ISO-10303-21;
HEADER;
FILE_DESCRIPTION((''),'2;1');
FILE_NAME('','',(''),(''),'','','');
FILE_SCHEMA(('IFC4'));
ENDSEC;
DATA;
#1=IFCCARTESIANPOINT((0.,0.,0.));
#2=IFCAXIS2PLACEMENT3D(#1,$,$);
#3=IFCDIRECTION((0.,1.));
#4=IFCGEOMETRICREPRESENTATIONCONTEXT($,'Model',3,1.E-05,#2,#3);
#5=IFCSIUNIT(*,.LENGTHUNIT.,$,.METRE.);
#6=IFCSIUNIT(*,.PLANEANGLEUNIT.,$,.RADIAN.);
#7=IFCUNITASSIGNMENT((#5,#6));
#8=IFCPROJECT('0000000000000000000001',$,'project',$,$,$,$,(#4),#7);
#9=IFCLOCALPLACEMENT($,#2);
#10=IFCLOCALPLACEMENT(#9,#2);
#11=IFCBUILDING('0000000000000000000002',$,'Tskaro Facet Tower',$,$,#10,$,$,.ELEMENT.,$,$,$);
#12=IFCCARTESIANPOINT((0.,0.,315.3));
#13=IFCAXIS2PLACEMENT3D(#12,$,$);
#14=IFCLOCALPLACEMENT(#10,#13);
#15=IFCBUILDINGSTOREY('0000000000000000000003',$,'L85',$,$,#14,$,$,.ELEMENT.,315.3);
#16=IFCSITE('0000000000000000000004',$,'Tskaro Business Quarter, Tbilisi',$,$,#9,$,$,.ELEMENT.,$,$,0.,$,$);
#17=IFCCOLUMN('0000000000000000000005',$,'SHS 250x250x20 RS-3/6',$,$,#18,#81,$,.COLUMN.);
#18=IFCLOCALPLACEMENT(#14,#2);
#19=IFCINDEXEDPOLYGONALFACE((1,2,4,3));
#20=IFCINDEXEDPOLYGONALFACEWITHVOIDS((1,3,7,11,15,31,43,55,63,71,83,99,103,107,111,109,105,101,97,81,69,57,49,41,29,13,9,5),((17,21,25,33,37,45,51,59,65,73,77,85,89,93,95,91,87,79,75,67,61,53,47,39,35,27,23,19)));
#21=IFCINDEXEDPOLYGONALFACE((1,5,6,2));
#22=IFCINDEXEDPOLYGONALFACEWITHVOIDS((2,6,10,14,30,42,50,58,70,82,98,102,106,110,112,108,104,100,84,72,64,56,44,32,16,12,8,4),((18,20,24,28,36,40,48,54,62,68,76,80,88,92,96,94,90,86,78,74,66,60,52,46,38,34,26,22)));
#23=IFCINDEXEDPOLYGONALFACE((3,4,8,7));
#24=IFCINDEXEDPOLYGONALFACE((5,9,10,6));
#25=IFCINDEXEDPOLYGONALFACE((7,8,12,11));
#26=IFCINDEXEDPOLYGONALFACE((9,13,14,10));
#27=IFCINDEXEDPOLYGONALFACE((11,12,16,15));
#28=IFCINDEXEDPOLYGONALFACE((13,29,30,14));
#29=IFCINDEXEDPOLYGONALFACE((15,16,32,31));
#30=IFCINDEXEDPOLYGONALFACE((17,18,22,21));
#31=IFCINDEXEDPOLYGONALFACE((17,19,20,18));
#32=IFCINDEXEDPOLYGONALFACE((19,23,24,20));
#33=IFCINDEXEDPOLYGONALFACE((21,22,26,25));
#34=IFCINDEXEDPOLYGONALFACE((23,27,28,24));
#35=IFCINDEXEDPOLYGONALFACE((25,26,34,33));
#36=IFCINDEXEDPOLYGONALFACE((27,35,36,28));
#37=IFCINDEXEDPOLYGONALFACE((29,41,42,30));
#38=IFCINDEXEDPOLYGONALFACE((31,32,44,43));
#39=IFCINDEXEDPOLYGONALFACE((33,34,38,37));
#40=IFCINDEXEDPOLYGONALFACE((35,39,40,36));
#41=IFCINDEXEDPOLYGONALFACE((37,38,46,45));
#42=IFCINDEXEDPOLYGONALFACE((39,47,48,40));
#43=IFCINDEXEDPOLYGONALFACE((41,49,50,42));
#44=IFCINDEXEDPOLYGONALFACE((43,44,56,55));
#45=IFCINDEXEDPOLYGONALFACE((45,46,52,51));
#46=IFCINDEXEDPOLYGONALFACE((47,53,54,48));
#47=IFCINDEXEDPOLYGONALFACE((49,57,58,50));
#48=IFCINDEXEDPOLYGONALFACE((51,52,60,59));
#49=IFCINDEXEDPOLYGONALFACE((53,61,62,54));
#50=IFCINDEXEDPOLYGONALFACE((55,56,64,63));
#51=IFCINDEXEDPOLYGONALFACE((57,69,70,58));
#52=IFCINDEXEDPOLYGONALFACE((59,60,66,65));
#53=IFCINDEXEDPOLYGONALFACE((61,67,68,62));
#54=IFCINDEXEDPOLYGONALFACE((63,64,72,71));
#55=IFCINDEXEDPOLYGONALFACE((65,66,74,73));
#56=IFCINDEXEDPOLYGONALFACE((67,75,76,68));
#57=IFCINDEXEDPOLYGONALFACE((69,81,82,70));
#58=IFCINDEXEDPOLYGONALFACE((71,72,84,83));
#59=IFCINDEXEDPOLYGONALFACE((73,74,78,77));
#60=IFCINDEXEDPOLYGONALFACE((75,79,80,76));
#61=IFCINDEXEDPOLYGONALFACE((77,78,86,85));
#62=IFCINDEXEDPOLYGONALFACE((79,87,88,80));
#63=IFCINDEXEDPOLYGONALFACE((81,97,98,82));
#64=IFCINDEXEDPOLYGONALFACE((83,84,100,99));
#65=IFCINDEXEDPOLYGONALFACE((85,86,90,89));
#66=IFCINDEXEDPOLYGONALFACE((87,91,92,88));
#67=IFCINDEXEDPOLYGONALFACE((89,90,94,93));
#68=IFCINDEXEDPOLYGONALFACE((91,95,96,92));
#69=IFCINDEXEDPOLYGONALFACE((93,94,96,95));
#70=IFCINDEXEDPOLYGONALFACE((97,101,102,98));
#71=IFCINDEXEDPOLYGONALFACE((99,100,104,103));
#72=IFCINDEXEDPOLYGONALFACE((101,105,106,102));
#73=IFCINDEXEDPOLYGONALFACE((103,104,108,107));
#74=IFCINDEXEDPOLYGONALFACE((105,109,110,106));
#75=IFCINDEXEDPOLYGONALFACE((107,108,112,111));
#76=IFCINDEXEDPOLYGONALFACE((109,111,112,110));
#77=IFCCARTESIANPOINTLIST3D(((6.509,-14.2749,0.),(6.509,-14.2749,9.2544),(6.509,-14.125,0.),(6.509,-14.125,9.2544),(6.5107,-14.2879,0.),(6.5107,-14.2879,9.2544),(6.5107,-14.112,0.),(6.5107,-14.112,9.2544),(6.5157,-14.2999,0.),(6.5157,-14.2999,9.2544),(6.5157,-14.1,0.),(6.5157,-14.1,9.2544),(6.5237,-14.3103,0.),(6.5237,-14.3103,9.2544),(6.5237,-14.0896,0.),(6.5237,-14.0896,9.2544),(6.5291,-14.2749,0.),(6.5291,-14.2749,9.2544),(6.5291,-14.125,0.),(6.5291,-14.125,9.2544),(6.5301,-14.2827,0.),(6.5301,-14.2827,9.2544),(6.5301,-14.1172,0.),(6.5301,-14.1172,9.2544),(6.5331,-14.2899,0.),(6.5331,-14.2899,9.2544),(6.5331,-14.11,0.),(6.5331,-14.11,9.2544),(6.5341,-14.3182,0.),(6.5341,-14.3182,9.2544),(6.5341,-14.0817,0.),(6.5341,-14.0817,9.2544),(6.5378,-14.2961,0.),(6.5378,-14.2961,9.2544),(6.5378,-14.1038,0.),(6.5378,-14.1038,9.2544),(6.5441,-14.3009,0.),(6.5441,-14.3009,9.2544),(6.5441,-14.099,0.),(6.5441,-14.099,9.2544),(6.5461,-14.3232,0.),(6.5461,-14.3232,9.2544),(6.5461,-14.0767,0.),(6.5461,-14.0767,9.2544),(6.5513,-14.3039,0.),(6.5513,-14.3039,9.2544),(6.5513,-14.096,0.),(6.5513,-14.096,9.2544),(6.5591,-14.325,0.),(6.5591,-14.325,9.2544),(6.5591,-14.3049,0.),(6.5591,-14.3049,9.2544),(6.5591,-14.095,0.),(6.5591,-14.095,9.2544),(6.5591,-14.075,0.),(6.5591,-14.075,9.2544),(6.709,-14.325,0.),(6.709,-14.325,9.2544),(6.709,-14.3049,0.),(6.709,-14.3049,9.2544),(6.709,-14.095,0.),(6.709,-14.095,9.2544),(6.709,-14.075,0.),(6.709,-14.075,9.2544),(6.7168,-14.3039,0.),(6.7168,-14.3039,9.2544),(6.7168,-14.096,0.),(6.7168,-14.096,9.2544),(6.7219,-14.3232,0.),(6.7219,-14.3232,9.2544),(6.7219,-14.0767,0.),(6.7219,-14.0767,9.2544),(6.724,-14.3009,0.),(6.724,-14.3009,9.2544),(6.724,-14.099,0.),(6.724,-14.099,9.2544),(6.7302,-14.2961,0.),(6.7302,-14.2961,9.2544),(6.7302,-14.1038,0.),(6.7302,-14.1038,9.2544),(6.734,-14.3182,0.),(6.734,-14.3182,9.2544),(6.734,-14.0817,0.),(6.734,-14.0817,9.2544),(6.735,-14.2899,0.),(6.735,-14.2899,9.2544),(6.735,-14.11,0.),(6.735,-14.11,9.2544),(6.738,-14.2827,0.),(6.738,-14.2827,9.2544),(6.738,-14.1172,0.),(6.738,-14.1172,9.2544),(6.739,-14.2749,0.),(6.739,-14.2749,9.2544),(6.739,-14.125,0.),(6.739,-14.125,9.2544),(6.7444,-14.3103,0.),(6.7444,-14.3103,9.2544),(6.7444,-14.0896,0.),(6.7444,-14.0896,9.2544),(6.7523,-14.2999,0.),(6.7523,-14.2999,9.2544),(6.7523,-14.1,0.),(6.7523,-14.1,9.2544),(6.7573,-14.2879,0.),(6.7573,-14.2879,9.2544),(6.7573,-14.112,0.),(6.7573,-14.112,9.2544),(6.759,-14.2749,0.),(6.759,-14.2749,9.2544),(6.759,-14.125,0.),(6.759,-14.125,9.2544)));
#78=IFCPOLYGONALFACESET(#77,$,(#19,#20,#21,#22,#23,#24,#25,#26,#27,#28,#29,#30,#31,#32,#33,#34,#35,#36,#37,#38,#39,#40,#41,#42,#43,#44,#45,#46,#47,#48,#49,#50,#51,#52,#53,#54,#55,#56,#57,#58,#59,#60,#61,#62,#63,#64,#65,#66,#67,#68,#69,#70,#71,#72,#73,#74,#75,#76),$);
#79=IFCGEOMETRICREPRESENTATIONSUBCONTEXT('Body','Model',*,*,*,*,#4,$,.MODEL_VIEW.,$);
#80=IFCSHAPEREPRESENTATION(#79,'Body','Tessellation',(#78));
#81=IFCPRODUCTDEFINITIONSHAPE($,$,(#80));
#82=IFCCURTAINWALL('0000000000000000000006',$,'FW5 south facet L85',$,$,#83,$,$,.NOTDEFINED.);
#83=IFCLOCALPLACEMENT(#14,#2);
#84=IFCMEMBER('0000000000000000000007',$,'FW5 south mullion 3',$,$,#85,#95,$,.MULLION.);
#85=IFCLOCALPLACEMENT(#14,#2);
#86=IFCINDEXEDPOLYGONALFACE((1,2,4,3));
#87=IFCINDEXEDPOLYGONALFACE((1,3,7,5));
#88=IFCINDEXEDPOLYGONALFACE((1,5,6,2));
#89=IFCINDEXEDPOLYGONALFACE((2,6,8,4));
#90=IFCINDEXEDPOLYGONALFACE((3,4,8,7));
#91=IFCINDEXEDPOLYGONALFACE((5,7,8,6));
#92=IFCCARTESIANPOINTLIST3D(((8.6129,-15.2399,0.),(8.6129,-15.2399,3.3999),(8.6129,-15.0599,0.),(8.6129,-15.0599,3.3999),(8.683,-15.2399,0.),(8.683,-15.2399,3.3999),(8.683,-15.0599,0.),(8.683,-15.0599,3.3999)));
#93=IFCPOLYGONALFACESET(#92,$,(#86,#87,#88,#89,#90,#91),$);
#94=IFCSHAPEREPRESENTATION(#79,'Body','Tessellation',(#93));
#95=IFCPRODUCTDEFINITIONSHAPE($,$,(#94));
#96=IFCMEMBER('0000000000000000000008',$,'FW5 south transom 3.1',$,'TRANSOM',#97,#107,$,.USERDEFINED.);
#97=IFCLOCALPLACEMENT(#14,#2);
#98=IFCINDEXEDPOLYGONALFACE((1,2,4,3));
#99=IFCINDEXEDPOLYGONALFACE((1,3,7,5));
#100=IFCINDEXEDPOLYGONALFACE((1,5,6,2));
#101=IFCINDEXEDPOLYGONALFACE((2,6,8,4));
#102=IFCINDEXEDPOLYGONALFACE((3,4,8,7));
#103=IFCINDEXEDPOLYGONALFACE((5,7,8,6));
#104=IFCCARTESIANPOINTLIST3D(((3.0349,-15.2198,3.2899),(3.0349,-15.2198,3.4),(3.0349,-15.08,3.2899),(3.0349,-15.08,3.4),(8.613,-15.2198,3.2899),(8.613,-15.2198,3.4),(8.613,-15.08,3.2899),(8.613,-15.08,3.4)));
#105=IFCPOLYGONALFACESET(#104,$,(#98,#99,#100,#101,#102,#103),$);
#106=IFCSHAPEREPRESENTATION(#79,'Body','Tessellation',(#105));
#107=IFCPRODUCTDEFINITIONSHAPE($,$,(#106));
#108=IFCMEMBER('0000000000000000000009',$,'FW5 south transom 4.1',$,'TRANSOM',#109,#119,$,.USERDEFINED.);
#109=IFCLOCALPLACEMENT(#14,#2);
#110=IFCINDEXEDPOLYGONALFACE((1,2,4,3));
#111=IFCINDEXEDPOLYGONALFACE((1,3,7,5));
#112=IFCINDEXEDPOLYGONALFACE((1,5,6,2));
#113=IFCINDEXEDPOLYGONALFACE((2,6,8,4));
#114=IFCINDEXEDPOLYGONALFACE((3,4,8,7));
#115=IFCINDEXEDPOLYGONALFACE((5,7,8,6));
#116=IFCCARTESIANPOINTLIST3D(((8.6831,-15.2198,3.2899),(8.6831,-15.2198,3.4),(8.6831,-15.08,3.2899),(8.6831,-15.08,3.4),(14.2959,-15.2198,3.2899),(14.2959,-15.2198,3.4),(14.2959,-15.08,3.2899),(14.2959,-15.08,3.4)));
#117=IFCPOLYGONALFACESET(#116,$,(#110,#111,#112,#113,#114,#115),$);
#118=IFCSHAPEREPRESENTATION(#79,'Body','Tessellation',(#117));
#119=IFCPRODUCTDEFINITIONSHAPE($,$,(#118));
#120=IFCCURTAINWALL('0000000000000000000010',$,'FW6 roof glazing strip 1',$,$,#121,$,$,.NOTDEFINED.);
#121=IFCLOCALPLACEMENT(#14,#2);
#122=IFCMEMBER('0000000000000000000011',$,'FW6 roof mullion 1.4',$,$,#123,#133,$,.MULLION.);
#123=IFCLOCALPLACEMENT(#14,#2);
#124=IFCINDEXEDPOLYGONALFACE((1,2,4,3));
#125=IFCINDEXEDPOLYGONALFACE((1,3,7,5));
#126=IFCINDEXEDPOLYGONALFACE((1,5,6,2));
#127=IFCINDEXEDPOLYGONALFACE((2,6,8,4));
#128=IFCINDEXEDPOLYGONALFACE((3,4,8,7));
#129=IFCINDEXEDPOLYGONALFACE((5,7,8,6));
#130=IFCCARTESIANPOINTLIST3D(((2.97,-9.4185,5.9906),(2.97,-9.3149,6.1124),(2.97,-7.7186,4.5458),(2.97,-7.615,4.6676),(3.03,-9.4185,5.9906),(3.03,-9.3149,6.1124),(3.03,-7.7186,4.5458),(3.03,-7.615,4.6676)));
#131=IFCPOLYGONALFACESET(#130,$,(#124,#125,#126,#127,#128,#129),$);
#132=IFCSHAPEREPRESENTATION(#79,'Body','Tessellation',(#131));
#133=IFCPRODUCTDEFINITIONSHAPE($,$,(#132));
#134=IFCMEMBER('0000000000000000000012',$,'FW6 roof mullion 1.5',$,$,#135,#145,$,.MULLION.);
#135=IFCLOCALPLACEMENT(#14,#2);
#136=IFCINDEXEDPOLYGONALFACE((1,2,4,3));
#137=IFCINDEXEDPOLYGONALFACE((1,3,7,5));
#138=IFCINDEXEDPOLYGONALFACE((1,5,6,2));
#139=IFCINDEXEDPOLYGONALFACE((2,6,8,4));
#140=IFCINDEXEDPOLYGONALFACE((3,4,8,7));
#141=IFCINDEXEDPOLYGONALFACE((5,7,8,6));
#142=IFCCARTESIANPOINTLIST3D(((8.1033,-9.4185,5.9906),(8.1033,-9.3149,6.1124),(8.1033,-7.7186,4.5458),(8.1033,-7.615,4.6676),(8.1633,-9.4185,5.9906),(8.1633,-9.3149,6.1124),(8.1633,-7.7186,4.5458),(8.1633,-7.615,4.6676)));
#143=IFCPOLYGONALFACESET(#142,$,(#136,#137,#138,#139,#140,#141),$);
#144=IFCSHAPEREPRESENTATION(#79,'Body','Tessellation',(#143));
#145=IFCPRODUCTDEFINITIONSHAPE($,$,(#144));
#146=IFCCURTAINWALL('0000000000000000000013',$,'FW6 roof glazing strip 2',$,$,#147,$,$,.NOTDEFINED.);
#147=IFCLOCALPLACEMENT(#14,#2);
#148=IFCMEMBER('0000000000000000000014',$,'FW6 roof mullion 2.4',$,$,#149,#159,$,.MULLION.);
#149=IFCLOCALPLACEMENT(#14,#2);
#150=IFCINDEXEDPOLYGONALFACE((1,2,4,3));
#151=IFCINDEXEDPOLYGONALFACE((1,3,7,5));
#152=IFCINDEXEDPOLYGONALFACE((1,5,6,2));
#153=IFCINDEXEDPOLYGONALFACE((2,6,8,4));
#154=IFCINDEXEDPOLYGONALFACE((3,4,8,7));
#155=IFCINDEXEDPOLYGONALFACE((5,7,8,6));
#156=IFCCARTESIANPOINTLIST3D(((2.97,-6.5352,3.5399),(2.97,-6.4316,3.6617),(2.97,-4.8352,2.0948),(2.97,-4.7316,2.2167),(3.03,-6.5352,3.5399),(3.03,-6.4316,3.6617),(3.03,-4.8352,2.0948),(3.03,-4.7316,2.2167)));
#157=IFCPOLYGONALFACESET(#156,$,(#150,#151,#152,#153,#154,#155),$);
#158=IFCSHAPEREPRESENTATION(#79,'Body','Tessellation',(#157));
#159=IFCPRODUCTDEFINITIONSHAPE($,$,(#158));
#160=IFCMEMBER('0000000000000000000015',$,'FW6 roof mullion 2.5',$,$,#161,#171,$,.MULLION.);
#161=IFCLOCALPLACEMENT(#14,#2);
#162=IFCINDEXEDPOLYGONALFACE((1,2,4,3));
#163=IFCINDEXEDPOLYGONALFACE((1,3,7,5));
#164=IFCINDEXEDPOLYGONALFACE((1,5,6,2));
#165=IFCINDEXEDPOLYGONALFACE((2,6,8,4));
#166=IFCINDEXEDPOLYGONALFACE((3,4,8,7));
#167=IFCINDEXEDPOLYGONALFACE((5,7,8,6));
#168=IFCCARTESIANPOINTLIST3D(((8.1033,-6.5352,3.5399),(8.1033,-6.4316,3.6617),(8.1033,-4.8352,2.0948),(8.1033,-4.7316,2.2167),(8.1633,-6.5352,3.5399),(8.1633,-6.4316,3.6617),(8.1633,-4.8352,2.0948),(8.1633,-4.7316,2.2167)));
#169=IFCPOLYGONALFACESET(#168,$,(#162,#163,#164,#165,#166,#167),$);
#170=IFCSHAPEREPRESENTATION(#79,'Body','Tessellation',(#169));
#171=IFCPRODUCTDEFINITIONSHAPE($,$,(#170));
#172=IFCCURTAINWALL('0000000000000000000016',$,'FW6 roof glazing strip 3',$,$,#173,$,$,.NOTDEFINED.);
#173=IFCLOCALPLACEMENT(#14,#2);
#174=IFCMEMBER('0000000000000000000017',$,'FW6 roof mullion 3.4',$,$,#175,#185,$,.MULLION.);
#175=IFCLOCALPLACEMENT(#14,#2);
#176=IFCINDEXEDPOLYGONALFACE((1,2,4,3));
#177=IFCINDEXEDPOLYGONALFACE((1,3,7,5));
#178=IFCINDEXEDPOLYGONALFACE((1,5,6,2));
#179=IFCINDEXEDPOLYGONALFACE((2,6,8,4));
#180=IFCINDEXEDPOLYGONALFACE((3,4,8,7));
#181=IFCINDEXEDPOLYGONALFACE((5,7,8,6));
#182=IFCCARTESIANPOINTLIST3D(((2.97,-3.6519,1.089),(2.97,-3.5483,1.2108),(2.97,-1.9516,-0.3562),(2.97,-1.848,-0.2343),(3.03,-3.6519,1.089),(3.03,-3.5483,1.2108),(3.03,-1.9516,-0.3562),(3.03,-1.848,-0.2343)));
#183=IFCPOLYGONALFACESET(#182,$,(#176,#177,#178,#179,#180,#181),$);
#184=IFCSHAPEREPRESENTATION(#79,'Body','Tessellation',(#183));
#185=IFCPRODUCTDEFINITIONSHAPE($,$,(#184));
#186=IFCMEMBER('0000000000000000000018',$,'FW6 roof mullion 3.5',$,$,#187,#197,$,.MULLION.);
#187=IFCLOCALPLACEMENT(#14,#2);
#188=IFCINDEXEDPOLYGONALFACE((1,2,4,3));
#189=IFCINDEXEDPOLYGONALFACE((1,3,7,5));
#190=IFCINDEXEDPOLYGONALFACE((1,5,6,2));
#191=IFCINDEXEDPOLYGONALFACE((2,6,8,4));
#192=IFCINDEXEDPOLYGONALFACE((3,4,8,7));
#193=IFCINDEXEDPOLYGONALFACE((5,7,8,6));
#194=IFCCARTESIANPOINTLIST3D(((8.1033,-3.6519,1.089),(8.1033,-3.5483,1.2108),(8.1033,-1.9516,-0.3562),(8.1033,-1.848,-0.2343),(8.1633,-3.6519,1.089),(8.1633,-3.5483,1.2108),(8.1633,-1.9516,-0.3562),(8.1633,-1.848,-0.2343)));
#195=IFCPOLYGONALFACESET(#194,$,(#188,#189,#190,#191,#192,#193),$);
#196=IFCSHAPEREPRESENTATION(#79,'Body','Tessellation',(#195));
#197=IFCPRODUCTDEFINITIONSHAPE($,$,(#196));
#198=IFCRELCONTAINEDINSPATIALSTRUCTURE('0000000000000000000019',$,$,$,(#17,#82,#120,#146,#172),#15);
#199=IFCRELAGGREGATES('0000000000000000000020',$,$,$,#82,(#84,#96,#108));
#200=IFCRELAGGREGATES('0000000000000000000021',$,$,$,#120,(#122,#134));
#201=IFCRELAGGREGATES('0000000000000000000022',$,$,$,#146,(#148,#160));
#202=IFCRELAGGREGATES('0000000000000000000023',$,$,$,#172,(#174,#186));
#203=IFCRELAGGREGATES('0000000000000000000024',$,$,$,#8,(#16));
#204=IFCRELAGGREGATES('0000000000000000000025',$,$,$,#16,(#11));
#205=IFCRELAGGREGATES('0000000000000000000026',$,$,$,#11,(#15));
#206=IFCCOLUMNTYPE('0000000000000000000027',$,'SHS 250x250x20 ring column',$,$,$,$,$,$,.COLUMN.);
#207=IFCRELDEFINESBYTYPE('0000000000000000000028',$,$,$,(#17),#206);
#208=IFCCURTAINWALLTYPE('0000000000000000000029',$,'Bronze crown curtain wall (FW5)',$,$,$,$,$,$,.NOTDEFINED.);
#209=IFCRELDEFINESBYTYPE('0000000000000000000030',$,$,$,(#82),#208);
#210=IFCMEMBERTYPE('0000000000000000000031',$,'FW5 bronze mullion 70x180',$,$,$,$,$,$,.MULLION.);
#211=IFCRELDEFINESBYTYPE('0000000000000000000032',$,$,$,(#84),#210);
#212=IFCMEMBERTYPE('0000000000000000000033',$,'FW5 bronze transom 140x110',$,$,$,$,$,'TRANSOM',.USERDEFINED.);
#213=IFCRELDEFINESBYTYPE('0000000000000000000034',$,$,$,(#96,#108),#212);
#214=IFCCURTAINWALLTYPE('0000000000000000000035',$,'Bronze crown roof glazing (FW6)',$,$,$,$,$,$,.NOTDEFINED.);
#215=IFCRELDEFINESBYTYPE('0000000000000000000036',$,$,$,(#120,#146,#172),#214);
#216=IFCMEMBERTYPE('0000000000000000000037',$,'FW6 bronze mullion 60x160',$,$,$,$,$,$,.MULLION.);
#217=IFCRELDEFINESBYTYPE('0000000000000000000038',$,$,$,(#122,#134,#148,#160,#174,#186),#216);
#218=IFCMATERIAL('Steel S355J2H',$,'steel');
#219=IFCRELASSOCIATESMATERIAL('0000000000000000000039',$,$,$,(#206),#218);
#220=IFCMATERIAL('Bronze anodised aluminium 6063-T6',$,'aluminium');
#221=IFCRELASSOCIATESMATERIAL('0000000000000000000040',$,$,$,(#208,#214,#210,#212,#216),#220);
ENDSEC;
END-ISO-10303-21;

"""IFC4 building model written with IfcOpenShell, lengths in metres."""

from ifc_helpers import new_model, si_unit, direction, frame, origin, origin_2d, place, context, subcontext, project, spatial, rectangle, hollow_rectangle, extrude, material, material_profile, profile_set, type_object, element, aggregate, save


model = new_model("IFC4")

# Units and contexts
model_context = context("Model", 3, precision=1e-05, world=origin(), true_north=direction((0.0, 1.0)))
body_context = subcontext(model_context, "Body", "Model", "MODEL_VIEW")
ifc_project = project(units=[si_unit("LENGTHUNIT", "METRE"), si_unit("PLANEANGLEUNIT", "RADIAN")], contexts=[model_context])

# Site, building, storey
site_placement = place(None, origin())
site = spatial("IfcSite", under=ifc_project, at=site_placement, Name="Tskaro Business Quarter, Tbilisi", CompositionType="ELEMENT", RefElevation=0.0)
building_placement = place(site_placement, origin())
building = spatial("IfcBuilding", under=site, at=building_placement, Name="Tskaro Facet Tower", CompositionType="ELEMENT")
storey_placement = place(building_placement, frame((0.0, 0.0, 315.3)))
storey = spatial("IfcBuildingStorey", under=building, at=storey_placement, Name="L85", CompositionType="ELEMENT", Elevation=315.3)

# Column
ifc_material_1 = material(Name="Steel S355J2H", Category="steel")
ifc_material_profile_1 = material_profile(ifc_material_1, hollow_rectangle(XDim=0.25, YDim=0.25, WallThickness=0.02, InnerFilletRadius=0.03, OuterFilletRadius=0.05, at=origin_2d()), Name="SHS 250x250x20")
ifc_profile_set_1 = profile_set([ifc_material_profile_1], Name="Steel S355J2H")
column_type = type_object("IfcColumnType", Name="SHS 250x250x20 ring column", PredefinedType="COLUMN", material=ifc_profile_set_1)
column_placement = place(storey_placement, frame((6.634, -14.2, 0.0), z_axis=(0.0, 0.0, 1.0), x_axis=(1.0, 0.0, 0.0)))
element("IfcColumn", 1, at=column_placement, inside=storey, type_object=column_type, Name="SHS 250x250x20 RS-3/6", PredefinedType="COLUMN", context=body_context, shape_type="SweptSolid", body=[
    extrude(hollow_rectangle(XDim=0.25, YDim=0.25, WallThickness=0.02, InnerFilletRadius=0.03, OuterFilletRadius=0.05, at=origin_2d()), origin(), (0.0, 0.0, 1.0), 9.2544),
])

# Curtain walls, members
ifc_material_2 = material(Name="Bronze anodised aluminium 6063-T6", Category="aluminium")
curtain_wall_type_1 = type_object("IfcCurtainWallType", Name="Bronze crown curtain wall (FW5)", PredefinedType="NOTDEFINED", material=ifc_material_2)
curtain_wall_1_placement = place(storey_placement, origin())
curtain_wall_1 = element("IfcCurtainWall", 2, at=curtain_wall_1_placement, inside=storey, type_object=curtain_wall_type_1, Name="FW5 south facet L85", PredefinedType="NOTDEFINED")
ifc_material_profile_2 = material_profile(ifc_material_2, rectangle(XDim=0.0701, YDim=0.1799, at=origin_2d()), Name="Mullion 70x180")
ifc_profile_set_2 = profile_set([ifc_material_profile_2], Name="Bronze anodised aluminium 6063-T6")
member_type_1 = type_object("IfcMemberType", Name="FW5 bronze mullion 70x180", PredefinedType="MULLION", material=ifc_profile_set_2)
member_1_placement = place(storey_placement, frame((8.6479, -15.1499, 0.0), z_axis=(0.0, 0.0, 1.0), x_axis=(1.0, 0.0, 0.0)))
member_1 = element("IfcMember", 3, at=member_1_placement, type_object=member_type_1, Name="FW5 south mullion 3", PredefinedType="MULLION", context=body_context, shape_type="SweptSolid", body=[
    extrude(rectangle(XDim=0.0701, YDim=0.1799, at=origin_2d()), origin(), (0.0, 0.0, 1.0), 3.3999),
])
ifc_material_profile_3 = material_profile(ifc_material_2, rectangle(XDim=0.1399, YDim=0.1101, at=origin_2d()), Name="Transom 140x110")
ifc_profile_set_3 = profile_set([ifc_material_profile_3], Name="Bronze anodised aluminium 6063-T6")
member_type_2 = type_object("IfcMemberType", Name="FW5 bronze transom 140x110", ElementType="TRANSOM", PredefinedType="USERDEFINED", material=ifc_profile_set_3)
member_2_placement = place(storey_placement, frame((3.0349, -15.1499, 3.345), z_axis=(1.0, 0.0, 0.0), x_axis=(0.0, 1.0, 0.0)))
member_2 = element("IfcMember", 4, at=member_2_placement, type_object=member_type_2, Name="FW5 south transom 3.1", ObjectType="TRANSOM", PredefinedType="USERDEFINED", context=body_context, shape_type="SweptSolid", body=[
    extrude(rectangle(XDim=0.1399, YDim=0.1101, at=origin_2d()), origin(), (0.0, 0.0, 1.0), 5.5781),
])
member_3_placement = place(storey_placement, frame((8.6831, -15.1499, 3.345), z_axis=(1.0, 0.0, 0.0), x_axis=(0.0, 1.0, 0.0)))
member_3 = element("IfcMember", 5, at=member_3_placement, type_object=member_type_2, Name="FW5 south transom 4.1", ObjectType="TRANSOM", PredefinedType="USERDEFINED", context=body_context, shape_type="SweptSolid", body=[
    extrude(rectangle(XDim=0.1399, YDim=0.1101, at=origin_2d()), origin(), (0.0, 0.0, 1.0), 5.6128),
])
curtain_wall_type_2 = type_object("IfcCurtainWallType", Name="Bronze crown roof glazing (FW6)", PredefinedType="NOTDEFINED", material=ifc_material_2)
curtain_wall_2_placement = place(storey_placement, origin())
curtain_wall_2 = element("IfcCurtainWall", 6, at=curtain_wall_2_placement, inside=storey, type_object=curtain_wall_type_2, Name="FW6 roof glazing strip 1", PredefinedType="NOTDEFINED")
ifc_material_profile_4 = material_profile(ifc_material_2, rectangle(XDim=0.0601, YDim=0.1599, at=origin_2d()), Name="Mullion 60x160")
ifc_profile_set_4 = profile_set([ifc_material_profile_4], Name="Bronze anodised aluminium 6063-T6")
member_type_3 = type_object("IfcMemberType", Name="FW6 bronze mullion 60x160", PredefinedType="MULLION", material=ifc_profile_set_4)
member_4_placement = place(storey_placement, frame((3.0, -9.3667, 6.0515), z_axis=(0.0, 0.761969, -0.647613), x_axis=(-1.0, 0.0, 0.0)))
member_4 = element("IfcMember", 7, at=member_4_placement, type_object=member_type_3, Name="FW6 roof mullion 1.4", PredefinedType="MULLION", context=body_context, shape_type="SweptSolid", body=[
    extrude(rectangle(XDim=0.0601, YDim=0.1599, at=origin_2d()), origin(), (0.0, 0.0, 1.0), 2.231),
])
member_5_placement = place(storey_placement, frame((8.1333, -9.3667, 6.0515), z_axis=(0.0, 0.761969, -0.647613), x_axis=(-1.0, 0.0, 0.0)))
member_5 = element("IfcMember", 8, at=member_5_placement, type_object=member_type_3, Name="FW6 roof mullion 1.5", PredefinedType="MULLION", context=body_context, shape_type="SweptSolid", body=[
    extrude(rectangle(XDim=0.0601, YDim=0.1599, at=origin_2d()), origin(), (0.0, 0.0, 1.0), 2.231),
])
curtain_wall_3_placement = place(storey_placement, origin())
curtain_wall_3 = element("IfcCurtainWall", 9, at=curtain_wall_3_placement, inside=storey, type_object=curtain_wall_type_2, Name="FW6 roof glazing strip 2", PredefinedType="NOTDEFINED")
member_6_placement = place(storey_placement, frame((3.0, -6.4834, 3.6008), z_axis=(0.0, 0.761915, -0.647677), x_axis=(-1.0, 0.0, 0.0)))
member_6 = element("IfcMember", 10, at=member_6_placement, type_object=member_type_3, Name="FW6 roof mullion 2.4", PredefinedType="MULLION", context=body_context, shape_type="SweptSolid", body=[
    extrude(rectangle(XDim=0.0601, YDim=0.1599, at=origin_2d()), origin(), (0.0, 0.0, 1.0), 2.2312),
])
member_7_placement = place(storey_placement, frame((8.1333, -6.4834, 3.6008), z_axis=(0.0, 0.761915, -0.647677), x_axis=(-1.0, 0.0, 0.0)))
member_7 = element("IfcMember", 11, at=member_7_placement, type_object=member_type_3, Name="FW6 roof mullion 2.5", PredefinedType="MULLION", context=body_context, shape_type="SweptSolid", body=[
    extrude(rectangle(XDim=0.0601, YDim=0.1599, at=origin_2d()), origin(), (0.0, 0.0, 1.0), 2.2312),
])
curtain_wall_4_placement = place(storey_placement, origin())
curtain_wall_4 = element("IfcCurtainWall", 12, at=curtain_wall_4_placement, inside=storey, type_object=curtain_wall_type_2, Name="FW6 roof glazing strip 3", PredefinedType="NOTDEFINED")
member_8_placement = place(storey_placement, frame((3.0, -3.6001, 1.1499), z_axis=(0.0, 0.761961, -0.647623), x_axis=(-1.0, 0.0, 0.0)))
member_8 = element("IfcMember", 13, at=member_8_placement, type_object=member_type_3, Name="FW6 roof mullion 3.4", PredefinedType="MULLION", context=body_context, shape_type="SweptSolid", body=[
    extrude(rectangle(XDim=0.0601, YDim=0.1599, at=origin_2d()), origin(), (0.0, 0.0, 1.0), 2.2314),
])
member_9_placement = place(storey_placement, frame((8.1333, -3.6001, 1.1499), z_axis=(0.0, 0.761961, -0.647623), x_axis=(-1.0, 0.0, 0.0)))
member_9 = element("IfcMember", 14, at=member_9_placement, type_object=member_type_3, Name="FW6 roof mullion 3.5", PredefinedType="MULLION", context=body_context, shape_type="SweptSolid", body=[
    extrude(rectangle(XDim=0.0601, YDim=0.1599, at=origin_2d()), origin(), (0.0, 0.0, 1.0), 2.2314),
])

aggregate(curtain_wall_1, [member_1, member_2, member_3])
aggregate(curtain_wall_2, [member_4, member_5])
aggregate(curtain_wall_3, [member_6, member_7])
aggregate(curtain_wall_4, [member_8, member_9])

save(model, "model.ifc")
